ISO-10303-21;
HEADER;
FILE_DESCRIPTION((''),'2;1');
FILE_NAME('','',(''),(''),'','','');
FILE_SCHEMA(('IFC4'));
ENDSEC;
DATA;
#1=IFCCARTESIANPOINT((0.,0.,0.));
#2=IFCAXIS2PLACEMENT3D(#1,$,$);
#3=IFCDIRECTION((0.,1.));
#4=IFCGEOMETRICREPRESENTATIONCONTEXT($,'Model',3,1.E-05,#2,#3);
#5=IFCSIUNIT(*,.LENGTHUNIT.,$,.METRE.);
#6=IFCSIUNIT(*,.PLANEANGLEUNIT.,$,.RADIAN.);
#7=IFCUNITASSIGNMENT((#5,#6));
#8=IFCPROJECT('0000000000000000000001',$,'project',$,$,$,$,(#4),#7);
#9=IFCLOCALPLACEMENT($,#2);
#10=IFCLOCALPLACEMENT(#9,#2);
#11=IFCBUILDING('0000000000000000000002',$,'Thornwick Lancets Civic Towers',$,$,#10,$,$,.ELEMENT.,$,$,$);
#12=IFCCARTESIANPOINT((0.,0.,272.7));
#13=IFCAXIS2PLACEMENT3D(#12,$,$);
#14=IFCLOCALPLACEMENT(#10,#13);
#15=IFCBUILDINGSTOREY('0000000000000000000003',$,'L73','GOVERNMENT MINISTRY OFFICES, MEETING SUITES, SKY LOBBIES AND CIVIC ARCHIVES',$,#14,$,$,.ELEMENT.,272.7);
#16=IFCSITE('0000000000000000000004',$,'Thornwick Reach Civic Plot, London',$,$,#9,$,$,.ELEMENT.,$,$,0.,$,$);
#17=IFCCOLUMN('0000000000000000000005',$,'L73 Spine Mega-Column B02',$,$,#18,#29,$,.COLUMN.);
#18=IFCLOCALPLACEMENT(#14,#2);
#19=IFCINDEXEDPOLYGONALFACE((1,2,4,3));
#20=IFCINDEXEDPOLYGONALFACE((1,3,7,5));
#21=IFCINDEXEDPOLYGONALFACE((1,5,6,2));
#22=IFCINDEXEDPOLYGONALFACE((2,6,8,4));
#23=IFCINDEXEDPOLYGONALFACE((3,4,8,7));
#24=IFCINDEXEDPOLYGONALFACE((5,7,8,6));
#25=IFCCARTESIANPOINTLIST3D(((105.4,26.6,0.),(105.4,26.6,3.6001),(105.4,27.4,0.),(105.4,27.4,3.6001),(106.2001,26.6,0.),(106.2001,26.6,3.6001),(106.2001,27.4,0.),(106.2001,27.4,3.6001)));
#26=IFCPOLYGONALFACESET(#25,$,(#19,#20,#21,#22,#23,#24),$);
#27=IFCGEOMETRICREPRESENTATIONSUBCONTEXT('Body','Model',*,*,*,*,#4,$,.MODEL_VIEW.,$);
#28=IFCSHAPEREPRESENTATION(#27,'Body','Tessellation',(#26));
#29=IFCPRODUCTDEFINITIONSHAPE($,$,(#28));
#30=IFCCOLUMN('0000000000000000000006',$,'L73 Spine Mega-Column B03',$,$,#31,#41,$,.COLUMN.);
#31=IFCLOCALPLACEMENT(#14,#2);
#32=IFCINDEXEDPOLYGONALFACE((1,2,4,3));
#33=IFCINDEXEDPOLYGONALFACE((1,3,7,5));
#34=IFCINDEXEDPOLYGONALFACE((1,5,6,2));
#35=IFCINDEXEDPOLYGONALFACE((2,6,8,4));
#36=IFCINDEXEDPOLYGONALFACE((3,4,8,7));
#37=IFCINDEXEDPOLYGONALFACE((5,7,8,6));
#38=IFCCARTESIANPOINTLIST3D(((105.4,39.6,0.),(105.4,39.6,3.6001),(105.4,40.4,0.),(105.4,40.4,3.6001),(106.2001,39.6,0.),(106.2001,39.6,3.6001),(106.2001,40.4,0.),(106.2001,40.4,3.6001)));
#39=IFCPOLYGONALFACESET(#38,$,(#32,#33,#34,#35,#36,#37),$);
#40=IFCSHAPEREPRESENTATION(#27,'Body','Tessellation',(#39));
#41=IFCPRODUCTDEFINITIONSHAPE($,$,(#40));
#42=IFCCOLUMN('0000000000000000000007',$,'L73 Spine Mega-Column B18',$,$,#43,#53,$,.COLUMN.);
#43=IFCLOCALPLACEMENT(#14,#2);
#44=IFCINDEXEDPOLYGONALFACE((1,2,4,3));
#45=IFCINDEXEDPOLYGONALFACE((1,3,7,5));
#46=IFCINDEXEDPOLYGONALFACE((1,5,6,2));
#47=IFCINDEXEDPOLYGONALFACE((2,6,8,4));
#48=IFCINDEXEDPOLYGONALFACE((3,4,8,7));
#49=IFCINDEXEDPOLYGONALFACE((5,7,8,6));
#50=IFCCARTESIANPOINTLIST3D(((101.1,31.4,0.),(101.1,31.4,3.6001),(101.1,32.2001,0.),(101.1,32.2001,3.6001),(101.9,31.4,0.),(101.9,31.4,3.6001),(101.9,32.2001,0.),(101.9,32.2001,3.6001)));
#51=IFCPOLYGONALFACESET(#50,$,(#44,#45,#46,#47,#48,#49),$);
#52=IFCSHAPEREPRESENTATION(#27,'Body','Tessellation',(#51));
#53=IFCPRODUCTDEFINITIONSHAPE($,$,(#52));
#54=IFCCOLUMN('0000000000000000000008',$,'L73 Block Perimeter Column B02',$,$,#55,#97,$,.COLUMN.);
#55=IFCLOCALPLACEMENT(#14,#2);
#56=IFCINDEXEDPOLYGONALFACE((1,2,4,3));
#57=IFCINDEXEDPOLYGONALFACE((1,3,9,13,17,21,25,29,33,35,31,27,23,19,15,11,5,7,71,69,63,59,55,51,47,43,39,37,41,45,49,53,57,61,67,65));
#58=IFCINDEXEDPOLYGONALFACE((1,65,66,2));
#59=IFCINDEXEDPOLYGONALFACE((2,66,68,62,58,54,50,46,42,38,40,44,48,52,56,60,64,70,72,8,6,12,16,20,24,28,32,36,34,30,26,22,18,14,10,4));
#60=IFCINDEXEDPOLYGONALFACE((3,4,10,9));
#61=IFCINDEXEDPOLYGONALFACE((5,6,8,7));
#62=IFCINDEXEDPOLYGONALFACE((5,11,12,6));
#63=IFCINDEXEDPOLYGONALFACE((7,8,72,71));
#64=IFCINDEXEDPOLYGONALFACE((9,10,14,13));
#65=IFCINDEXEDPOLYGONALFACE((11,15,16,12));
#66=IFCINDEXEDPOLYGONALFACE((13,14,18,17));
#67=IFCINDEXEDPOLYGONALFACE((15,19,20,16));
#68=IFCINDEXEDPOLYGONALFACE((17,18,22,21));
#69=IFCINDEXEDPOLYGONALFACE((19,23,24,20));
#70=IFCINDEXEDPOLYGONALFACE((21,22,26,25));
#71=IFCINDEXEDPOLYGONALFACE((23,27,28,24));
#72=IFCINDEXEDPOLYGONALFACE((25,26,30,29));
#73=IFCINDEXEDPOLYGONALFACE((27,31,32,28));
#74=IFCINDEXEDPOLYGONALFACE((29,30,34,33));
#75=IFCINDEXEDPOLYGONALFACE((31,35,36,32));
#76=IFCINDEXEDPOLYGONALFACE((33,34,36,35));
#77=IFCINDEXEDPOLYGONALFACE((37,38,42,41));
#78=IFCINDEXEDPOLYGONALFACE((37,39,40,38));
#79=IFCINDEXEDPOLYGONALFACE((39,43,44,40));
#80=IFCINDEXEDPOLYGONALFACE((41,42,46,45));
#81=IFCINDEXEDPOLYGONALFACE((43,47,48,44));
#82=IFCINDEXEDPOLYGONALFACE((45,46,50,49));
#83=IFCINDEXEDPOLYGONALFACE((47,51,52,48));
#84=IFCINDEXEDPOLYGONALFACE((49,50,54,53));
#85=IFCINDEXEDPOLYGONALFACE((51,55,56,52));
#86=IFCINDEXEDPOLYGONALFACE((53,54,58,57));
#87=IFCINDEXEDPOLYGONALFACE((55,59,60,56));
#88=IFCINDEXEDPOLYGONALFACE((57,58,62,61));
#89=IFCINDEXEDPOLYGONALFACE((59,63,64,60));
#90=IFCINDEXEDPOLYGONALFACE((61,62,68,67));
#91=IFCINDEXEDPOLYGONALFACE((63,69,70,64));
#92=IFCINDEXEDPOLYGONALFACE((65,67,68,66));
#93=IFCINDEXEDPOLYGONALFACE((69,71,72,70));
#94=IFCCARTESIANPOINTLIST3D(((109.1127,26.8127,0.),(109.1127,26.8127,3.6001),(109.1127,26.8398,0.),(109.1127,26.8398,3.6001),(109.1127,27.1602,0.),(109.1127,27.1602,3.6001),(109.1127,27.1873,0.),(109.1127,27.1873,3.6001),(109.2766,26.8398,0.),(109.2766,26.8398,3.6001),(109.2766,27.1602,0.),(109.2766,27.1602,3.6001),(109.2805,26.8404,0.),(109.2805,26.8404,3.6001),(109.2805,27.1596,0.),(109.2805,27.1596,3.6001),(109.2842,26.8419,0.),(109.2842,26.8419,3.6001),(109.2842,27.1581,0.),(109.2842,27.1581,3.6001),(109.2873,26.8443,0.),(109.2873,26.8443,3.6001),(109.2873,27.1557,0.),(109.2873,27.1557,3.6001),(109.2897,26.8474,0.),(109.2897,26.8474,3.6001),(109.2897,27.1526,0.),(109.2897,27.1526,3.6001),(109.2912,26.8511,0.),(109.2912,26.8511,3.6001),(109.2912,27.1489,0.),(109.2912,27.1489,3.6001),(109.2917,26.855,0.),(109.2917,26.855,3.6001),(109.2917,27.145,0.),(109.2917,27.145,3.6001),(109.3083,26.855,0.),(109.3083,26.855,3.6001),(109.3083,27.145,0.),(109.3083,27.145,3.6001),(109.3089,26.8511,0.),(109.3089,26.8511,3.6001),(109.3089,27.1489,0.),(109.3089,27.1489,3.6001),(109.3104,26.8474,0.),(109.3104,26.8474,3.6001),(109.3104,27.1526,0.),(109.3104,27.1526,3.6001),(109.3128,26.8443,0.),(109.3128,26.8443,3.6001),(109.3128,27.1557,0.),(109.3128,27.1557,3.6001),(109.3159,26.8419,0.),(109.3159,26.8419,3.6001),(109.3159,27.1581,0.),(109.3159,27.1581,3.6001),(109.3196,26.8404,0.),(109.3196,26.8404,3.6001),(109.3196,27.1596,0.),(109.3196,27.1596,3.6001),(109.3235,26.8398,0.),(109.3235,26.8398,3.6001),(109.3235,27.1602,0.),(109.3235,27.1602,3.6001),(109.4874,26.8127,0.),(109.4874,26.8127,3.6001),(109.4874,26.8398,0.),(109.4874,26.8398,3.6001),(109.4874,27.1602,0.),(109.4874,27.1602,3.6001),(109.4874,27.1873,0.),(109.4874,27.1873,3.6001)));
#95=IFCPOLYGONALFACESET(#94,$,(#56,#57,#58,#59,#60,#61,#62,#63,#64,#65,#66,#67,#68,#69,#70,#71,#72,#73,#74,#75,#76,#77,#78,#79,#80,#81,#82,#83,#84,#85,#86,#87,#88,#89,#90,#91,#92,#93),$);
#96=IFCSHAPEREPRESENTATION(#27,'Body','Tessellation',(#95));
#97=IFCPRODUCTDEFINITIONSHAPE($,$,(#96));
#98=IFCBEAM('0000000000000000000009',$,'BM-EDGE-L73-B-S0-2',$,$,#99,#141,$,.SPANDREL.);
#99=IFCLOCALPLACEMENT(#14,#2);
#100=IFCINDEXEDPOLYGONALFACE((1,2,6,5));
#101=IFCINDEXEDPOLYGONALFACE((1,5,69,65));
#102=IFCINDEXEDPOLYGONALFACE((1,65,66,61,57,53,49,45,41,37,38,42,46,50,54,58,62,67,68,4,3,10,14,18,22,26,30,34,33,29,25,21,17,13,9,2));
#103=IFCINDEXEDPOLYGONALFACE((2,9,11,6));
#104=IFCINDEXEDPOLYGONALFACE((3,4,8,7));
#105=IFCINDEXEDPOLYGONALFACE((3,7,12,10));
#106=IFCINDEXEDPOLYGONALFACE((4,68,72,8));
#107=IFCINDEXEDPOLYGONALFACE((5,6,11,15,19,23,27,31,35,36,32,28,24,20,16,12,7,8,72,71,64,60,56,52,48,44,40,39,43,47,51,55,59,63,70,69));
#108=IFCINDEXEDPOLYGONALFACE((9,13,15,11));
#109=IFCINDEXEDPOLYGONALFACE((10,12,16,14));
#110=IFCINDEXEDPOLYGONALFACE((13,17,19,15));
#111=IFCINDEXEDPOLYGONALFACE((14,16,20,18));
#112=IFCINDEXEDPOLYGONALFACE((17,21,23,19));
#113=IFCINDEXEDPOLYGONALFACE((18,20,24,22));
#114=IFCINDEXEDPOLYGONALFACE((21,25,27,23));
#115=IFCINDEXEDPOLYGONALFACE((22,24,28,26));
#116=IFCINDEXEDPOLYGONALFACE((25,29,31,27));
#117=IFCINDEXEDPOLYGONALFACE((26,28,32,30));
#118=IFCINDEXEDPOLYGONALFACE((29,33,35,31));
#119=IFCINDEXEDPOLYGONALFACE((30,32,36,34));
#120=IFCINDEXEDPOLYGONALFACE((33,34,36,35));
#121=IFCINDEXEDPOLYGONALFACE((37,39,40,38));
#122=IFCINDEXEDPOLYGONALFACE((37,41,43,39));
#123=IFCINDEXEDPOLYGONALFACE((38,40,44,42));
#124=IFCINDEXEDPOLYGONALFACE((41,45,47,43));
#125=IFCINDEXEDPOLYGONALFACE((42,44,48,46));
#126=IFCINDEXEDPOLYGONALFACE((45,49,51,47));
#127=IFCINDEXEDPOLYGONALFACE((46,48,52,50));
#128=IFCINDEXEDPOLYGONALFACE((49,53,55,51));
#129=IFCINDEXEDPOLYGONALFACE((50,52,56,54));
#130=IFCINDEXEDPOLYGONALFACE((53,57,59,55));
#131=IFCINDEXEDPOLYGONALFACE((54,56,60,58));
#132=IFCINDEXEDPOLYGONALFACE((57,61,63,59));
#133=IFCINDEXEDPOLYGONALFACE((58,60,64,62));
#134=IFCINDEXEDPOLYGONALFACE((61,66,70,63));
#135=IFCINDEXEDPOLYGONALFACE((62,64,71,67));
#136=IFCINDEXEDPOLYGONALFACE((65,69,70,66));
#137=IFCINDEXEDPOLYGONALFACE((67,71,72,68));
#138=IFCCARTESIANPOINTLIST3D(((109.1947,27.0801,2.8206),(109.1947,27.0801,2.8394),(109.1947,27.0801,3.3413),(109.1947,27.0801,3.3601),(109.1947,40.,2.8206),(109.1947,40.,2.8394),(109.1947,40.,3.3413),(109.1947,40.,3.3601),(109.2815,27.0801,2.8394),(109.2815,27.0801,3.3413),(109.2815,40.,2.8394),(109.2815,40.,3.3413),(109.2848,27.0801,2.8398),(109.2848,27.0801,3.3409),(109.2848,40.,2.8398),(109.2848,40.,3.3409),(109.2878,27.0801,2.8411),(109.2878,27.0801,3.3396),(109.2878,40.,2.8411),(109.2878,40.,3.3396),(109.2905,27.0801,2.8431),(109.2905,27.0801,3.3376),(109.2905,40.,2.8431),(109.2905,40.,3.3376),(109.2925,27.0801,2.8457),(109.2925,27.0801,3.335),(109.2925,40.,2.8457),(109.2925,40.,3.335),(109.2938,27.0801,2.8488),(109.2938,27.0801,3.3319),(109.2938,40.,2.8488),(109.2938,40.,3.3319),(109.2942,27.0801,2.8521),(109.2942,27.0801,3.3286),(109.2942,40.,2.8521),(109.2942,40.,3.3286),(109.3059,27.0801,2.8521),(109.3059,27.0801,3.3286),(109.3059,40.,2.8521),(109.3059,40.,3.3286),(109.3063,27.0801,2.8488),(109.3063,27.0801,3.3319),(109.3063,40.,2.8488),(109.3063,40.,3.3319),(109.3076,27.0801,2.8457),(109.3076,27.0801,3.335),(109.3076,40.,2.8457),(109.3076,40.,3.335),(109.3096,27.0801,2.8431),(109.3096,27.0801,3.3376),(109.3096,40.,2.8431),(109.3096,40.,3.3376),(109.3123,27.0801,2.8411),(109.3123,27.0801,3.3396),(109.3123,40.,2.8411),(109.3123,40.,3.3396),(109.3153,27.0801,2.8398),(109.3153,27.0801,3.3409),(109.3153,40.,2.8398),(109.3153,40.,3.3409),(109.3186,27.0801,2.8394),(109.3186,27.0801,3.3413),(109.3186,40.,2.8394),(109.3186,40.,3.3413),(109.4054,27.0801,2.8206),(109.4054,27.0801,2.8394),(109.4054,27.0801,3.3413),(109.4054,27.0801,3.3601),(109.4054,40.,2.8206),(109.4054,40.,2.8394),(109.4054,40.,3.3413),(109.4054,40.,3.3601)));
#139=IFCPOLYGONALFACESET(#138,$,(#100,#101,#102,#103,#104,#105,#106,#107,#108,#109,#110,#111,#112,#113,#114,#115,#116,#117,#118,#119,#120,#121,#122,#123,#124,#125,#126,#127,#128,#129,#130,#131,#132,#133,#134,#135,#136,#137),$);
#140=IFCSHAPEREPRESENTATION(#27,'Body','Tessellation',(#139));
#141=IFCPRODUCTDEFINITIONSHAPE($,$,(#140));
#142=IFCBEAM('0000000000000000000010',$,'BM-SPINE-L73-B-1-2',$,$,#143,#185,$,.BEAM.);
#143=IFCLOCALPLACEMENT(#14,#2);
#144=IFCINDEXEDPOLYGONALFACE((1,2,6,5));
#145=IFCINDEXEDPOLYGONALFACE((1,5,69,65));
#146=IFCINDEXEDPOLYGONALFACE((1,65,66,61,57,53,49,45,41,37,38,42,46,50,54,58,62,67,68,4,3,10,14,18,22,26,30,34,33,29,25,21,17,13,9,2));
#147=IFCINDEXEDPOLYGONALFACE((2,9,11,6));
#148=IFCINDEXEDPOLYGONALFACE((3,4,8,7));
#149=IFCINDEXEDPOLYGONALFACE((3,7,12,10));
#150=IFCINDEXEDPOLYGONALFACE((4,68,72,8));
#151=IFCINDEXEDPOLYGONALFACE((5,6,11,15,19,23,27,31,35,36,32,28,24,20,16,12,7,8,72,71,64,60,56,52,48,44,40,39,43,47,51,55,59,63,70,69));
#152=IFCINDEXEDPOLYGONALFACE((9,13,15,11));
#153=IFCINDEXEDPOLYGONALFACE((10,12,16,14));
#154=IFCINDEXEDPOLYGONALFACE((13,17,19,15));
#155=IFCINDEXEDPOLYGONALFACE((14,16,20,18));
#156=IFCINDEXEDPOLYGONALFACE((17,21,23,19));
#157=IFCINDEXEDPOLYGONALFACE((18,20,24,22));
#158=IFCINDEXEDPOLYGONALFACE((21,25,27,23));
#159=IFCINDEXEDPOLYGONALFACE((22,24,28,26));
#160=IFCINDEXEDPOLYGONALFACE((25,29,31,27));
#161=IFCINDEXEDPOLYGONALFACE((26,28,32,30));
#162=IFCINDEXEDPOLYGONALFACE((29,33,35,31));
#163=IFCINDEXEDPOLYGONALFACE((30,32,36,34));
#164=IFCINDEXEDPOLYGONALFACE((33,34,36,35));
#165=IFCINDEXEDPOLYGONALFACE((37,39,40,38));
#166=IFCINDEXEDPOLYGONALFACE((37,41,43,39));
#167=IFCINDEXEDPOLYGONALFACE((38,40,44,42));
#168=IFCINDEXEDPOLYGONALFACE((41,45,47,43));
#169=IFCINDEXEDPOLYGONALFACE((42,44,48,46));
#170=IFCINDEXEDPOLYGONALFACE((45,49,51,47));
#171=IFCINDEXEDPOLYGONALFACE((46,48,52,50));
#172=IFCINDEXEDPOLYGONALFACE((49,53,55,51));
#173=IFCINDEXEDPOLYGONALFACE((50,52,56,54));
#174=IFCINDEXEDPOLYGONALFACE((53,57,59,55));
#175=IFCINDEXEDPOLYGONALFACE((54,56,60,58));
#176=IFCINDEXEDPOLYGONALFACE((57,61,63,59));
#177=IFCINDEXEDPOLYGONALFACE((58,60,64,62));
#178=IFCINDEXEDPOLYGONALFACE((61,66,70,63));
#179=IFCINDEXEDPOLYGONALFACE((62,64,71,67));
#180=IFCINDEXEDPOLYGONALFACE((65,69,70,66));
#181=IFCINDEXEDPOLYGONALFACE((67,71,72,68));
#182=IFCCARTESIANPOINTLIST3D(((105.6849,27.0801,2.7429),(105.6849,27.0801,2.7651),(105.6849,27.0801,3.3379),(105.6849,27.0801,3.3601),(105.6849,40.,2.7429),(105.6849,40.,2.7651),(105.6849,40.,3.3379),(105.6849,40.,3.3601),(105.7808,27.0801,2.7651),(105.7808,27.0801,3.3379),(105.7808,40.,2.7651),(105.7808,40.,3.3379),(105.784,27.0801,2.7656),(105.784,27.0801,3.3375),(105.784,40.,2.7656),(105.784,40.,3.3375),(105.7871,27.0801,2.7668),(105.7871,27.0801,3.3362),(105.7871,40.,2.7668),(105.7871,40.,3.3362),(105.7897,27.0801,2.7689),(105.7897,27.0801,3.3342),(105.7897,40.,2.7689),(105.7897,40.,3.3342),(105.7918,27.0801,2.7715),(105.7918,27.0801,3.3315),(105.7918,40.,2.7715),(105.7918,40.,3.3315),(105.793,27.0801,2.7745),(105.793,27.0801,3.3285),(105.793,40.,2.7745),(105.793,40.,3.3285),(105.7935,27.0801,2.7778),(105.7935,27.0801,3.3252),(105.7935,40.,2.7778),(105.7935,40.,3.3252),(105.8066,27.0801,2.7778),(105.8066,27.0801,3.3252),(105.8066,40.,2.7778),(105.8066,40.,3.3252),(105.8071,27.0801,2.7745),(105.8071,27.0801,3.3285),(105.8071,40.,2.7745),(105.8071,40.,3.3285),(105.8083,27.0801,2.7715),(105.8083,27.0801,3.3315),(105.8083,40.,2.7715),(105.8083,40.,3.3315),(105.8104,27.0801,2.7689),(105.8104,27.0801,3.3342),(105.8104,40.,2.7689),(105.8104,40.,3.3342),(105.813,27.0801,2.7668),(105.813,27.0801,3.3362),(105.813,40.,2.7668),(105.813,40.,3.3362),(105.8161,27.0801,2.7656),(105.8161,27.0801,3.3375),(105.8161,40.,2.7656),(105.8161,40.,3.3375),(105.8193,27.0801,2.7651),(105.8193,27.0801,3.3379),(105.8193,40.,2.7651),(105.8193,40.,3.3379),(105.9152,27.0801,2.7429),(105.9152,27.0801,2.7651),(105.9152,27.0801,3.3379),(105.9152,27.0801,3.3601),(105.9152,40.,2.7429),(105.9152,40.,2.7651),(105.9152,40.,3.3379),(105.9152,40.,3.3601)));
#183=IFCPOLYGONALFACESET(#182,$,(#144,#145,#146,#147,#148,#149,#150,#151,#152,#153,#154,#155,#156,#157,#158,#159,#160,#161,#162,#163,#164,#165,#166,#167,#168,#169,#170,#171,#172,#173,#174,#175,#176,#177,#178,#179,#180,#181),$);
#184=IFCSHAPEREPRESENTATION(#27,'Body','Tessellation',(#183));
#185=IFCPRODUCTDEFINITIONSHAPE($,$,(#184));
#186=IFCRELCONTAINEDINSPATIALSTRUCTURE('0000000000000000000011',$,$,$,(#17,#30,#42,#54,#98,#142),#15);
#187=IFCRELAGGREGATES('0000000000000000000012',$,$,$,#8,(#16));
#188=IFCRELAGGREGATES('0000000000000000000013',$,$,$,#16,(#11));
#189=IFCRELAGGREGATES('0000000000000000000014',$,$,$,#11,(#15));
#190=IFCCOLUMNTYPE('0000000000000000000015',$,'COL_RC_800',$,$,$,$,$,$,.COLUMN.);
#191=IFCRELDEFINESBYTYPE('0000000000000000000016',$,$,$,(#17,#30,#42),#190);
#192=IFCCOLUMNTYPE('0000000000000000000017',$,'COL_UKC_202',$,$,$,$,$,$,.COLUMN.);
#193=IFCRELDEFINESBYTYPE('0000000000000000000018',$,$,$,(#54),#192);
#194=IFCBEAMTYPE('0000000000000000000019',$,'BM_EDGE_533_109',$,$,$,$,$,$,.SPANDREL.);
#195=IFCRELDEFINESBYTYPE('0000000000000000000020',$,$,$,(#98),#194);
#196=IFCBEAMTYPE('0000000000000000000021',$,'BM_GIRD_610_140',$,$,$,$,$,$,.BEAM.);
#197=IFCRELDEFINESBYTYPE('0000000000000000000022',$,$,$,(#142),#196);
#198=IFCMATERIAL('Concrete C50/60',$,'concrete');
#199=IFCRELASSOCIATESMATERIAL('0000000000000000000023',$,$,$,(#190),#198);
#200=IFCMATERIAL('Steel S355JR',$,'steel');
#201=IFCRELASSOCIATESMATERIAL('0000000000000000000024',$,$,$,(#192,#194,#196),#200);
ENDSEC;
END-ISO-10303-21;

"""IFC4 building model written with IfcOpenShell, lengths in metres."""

from ifc_helpers import new_model, si_unit, direction, frame, origin, origin_2d, place, context, subcontext, project, spatial, rectangle, i_section, extrude, material, material_profile, profile_set, type_object, element, save


model = new_model("IFC4")

# Units and contexts
model_context = context("Model", 3, precision=1e-05, world=origin(), true_north=direction((0.0, 1.0)))
body_context = subcontext(model_context, "Body", "Model", "MODEL_VIEW")
ifc_project = project(units=[si_unit("LENGTHUNIT", "METRE"), si_unit("PLANEANGLEUNIT", "RADIAN")], contexts=[model_context])

# Site, building, storey
site_placement = place(None, origin())
site = spatial("IfcSite", under=ifc_project, at=site_placement, Name="Thornwick Reach Civic Plot, London", CompositionType="ELEMENT", RefElevation=0.0)
building_placement = place(site_placement, origin())
building = spatial("IfcBuilding", under=site, at=building_placement, Name="Thornwick Lancets Civic Towers", CompositionType="ELEMENT")
storey_placement = place(building_placement, frame((0.0, 0.0, 272.7)))
storey = spatial("IfcBuildingStorey", under=building, at=storey_placement, Name="L73", Description="GOVERNMENT MINISTRY OFFICES, MEETING SUITES, SKY LOBBIES AND CIVIC ARCHIVES", CompositionType="ELEMENT", Elevation=272.7)

# Columns
ifc_material_1 = material(Name="Concrete C50/60", Category="concrete")
ifc_material_profile_1 = material_profile(ifc_material_1, rectangle(XDim=0.8, YDim=0.8, at=origin_2d()), Name="RC 800x800")
ifc_profile_set_1 = profile_set([ifc_material_profile_1], Name="Concrete C50/60")
column_type_1 = type_object("IfcColumnType", Name="COL_RC_800", PredefinedType="COLUMN", material=ifc_profile_set_1)
for number, where, z_axis, x_axis, name in (
    (1, (105.8, 27.0, 0.0), (0.0, 0.0, 1.0), (1.0, 0.0, 0.0), "L73 Spine Mega-Column B02"),
    (2, (105.8, 40.0, 0.0), (0.0, 0.0, 1.0), (1.0, 0.0, 0.0), "L73 Spine Mega-Column B03"),
    (3, (101.5, 31.8, 0.0), (0.0, 0.0, 1.0), (1.0, 0.0, 0.0), "L73 Spine Mega-Column B18"),
):
    element("IfcColumn", number, at=place(storey_placement, frame(where, z_axis=z_axis, x_axis=x_axis)), inside=storey, type_object=column_type_1, Name=name, PredefinedType="COLUMN", context=body_context, shape_type="SweptSolid", body=[
        extrude(rectangle(XDim=0.8, YDim=0.8, at=origin_2d()), origin(), (0.0, 0.0, 1.0), 3.6001),
    ])
ifc_material_2 = material(Name="Steel S355JR", Category="steel")
ifc_material_profile_2 = material_profile(ifc_material_2, i_section(OverallWidth=0.3748, OverallDepth=0.3745, WebThickness=0.0166, FlangeThickness=0.0271, FilletRadius=0.0151, at=origin_2d()), Name="UKC 356x368x202")
ifc_profile_set_2 = profile_set([ifc_material_profile_2], Name="Steel S355JR")
column_type_2 = type_object("IfcColumnType", Name="COL_UKC_202", PredefinedType="COLUMN", material=ifc_profile_set_2)
column_placement = place(storey_placement, frame((109.3, 27.0, 0.0), z_axis=(0.0, 0.0, 1.0), x_axis=(1.0, 0.0, 0.0)))
element("IfcColumn", 4, at=column_placement, inside=storey, type_object=column_type_2, Name="L73 Block Perimeter Column B02", PredefinedType="COLUMN", context=body_context, shape_type="SweptSolid", body=[
    extrude(i_section(OverallWidth=0.3748, OverallDepth=0.3745, WebThickness=0.0166, FlangeThickness=0.0271, FilletRadius=0.0151, at=origin_2d()), origin(), (0.0, 0.0, 1.0), 3.6001),
])

# Beams
ifc_material_profile_3 = material_profile(ifc_material_2, i_section(OverallWidth=0.2107, OverallDepth=0.5396, WebThickness=0.0117, FlangeThickness=0.0188, FilletRadius=0.0127, at=origin_2d()), Name="UKB 533x210x109")
ifc_profile_set_3 = profile_set([ifc_material_profile_3], Name="Steel S355JR")
beam_type_1 = type_object("IfcBeamType", Name="BM_EDGE_533_109", PredefinedType="SPANDREL", material=ifc_profile_set_3)
beam_1_placement = place(storey_placement, frame((109.3, 27.0801, 3.0903), z_axis=(0.0, 1.0, 0.0), x_axis=(-1.0, 0.0, 0.0)))
element("IfcBeam", 5, at=beam_1_placement, inside=storey, type_object=beam_type_1, Name="BM-EDGE-L73-B-S0-2", PredefinedType="SPANDREL", context=body_context, shape_type="SweptSolid", body=[
    extrude(i_section(OverallWidth=0.2107, OverallDepth=0.5396, WebThickness=0.0117, FlangeThickness=0.0188, FilletRadius=0.0127, at=origin_2d()), origin(), (0.0, 0.0, 1.0), 12.9199),
])
ifc_material_profile_4 = material_profile(ifc_material_2, i_section(OverallWidth=0.2302, OverallDepth=0.6172, WebThickness=0.0132, FlangeThickness=0.0222, FilletRadius=0.0127, at=origin_2d()), Name="UKB 610x229x140")
ifc_profile_set_4 = profile_set([ifc_material_profile_4], Name="Steel S355JR")
beam_type_2 = type_object("IfcBeamType", Name="BM_GIRD_610_140", PredefinedType="BEAM", material=ifc_profile_set_4)
beam_2_placement = place(storey_placement, frame((105.8, 27.0801, 3.0515), z_axis=(0.0, 1.0, 0.0), x_axis=(-1.0, 0.0, 0.0)))
element("IfcBeam", 6, at=beam_2_placement, inside=storey, type_object=beam_type_2, Name="BM-SPINE-L73-B-1-2", PredefinedType="BEAM", context=body_context, shape_type="SweptSolid", body=[
    extrude(i_section(OverallWidth=0.2302, OverallDepth=0.6172, WebThickness=0.0132, FlangeThickness=0.0222, FilletRadius=0.0127, at=origin_2d()), origin(), (0.0, 0.0, 1.0), 12.9199),
])

save(model, "model.ifc")
